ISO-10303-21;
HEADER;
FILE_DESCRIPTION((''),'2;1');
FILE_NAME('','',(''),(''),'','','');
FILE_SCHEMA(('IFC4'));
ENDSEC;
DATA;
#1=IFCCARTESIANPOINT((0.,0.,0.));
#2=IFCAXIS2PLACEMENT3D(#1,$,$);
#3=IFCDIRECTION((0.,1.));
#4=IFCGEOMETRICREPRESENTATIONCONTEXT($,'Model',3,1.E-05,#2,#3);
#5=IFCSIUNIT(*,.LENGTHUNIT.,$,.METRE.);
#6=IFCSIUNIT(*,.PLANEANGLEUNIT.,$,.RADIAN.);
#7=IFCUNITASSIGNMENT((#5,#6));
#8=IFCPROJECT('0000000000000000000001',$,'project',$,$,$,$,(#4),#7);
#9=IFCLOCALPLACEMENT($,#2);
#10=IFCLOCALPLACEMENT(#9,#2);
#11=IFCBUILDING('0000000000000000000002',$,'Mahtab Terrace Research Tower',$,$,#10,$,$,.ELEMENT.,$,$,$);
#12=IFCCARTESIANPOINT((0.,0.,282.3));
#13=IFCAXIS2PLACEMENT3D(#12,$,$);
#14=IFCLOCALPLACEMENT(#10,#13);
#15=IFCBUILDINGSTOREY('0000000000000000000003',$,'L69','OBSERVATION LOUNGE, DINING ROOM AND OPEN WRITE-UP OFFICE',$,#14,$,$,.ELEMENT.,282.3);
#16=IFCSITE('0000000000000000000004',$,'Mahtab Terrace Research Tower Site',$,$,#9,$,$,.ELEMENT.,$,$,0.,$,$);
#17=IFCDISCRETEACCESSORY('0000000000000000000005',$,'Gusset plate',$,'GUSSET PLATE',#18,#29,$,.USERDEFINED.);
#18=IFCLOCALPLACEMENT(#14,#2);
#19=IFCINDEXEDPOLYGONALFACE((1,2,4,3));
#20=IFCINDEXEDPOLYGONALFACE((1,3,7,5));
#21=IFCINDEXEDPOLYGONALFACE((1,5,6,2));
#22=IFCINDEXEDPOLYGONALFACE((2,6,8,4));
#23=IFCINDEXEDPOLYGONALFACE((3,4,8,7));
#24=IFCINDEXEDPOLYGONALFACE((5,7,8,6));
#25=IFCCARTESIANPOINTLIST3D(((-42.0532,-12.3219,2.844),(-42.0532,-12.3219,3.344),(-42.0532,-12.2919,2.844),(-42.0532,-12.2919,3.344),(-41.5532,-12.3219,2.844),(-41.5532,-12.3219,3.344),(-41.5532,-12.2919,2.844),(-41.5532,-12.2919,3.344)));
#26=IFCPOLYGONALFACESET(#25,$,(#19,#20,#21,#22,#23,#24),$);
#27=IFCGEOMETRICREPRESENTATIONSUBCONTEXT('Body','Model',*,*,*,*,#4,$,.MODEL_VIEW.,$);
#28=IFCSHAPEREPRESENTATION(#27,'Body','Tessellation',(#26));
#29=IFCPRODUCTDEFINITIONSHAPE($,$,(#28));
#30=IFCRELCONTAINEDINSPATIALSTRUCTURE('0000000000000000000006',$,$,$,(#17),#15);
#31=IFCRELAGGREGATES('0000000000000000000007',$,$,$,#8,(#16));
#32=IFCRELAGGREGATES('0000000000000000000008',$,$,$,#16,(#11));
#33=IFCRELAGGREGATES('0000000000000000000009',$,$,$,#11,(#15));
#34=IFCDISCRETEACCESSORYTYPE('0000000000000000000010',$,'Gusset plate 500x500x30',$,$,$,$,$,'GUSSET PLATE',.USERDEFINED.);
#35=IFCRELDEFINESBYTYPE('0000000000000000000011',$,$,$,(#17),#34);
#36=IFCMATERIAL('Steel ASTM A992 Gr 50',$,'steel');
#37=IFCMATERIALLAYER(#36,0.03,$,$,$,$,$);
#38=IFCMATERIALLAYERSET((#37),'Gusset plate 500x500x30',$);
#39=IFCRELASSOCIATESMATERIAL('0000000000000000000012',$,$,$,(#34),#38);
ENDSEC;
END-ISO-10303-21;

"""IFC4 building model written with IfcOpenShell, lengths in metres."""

from ifc_helpers import new_model, si_unit, direction, frame, origin, origin_2d, place, context, subcontext, project, spatial, rectangle, extrude, material, layer, layer_set, type_object, element, save


model = new_model("IFC4")

# Units and contexts
model_context = context("Model", 3, precision=1e-05, world=origin(), true_north=direction((0.0, 1.0)))
body_context = subcontext(model_context, "Body", "Model", "MODEL_VIEW")
ifc_project = project(units=[si_unit("LENGTHUNIT", "METRE"), si_unit("PLANEANGLEUNIT", "RADIAN")], contexts=[model_context])

# Site, building, storey
site_placement = place(None, origin())
site = spatial("IfcSite", under=ifc_project, at=site_placement, Name="Mahtab Terrace Research Tower Site", CompositionType="ELEMENT", RefElevation=0.0)
building_placement = place(site_placement, origin())
building = spatial("IfcBuilding", under=site, at=building_placement, Name="Mahtab Terrace Research Tower", CompositionType="ELEMENT")
storey_placement = place(building_placement, frame((0.0, 0.0, 282.3)))
storey = spatial("IfcBuildingStorey", under=building, at=storey_placement, Name="L69", Description="OBSERVATION LOUNGE, DINING ROOM AND OPEN WRITE-UP OFFICE", CompositionType="ELEMENT", Elevation=282.3)

# Shared definitions
ifc_material_1 = material(Name="Steel ASTM A992 Gr 50", Category="steel")

# Discrete accessory
ifc_layer_1 = layer(ifc_material_1, 0.03)
ifc_layer_set_1 = layer_set([ifc_layer_1], Name="Gusset plate 500x500x30")
discrete_accessory_type = type_object("IfcDiscreteAccessoryType", Name="Gusset plate 500x500x30", ElementType="GUSSET PLATE", PredefinedType="USERDEFINED", material=ifc_layer_set_1)
discrete_accessory_placement = place(storey_placement, frame((-41.8032, -12.3069, 2.844), z_axis=(0.0, 0.0, 1.0), x_axis=(1.0, 0.0, 0.0)))
element("IfcDiscreteAccessory", 1, at=discrete_accessory_placement, inside=storey, type_object=discrete_accessory_type, Name="Gusset plate", ObjectType="GUSSET PLATE", PredefinedType="USERDEFINED", context=body_context, shape_type="SweptSolid", body=[
    extrude(rectangle(XDim=0.5, YDim=0.03, at=origin_2d()), origin(), (0.0, 0.0, 1.0), 0.5),
])

save(model, "model.ifc")
